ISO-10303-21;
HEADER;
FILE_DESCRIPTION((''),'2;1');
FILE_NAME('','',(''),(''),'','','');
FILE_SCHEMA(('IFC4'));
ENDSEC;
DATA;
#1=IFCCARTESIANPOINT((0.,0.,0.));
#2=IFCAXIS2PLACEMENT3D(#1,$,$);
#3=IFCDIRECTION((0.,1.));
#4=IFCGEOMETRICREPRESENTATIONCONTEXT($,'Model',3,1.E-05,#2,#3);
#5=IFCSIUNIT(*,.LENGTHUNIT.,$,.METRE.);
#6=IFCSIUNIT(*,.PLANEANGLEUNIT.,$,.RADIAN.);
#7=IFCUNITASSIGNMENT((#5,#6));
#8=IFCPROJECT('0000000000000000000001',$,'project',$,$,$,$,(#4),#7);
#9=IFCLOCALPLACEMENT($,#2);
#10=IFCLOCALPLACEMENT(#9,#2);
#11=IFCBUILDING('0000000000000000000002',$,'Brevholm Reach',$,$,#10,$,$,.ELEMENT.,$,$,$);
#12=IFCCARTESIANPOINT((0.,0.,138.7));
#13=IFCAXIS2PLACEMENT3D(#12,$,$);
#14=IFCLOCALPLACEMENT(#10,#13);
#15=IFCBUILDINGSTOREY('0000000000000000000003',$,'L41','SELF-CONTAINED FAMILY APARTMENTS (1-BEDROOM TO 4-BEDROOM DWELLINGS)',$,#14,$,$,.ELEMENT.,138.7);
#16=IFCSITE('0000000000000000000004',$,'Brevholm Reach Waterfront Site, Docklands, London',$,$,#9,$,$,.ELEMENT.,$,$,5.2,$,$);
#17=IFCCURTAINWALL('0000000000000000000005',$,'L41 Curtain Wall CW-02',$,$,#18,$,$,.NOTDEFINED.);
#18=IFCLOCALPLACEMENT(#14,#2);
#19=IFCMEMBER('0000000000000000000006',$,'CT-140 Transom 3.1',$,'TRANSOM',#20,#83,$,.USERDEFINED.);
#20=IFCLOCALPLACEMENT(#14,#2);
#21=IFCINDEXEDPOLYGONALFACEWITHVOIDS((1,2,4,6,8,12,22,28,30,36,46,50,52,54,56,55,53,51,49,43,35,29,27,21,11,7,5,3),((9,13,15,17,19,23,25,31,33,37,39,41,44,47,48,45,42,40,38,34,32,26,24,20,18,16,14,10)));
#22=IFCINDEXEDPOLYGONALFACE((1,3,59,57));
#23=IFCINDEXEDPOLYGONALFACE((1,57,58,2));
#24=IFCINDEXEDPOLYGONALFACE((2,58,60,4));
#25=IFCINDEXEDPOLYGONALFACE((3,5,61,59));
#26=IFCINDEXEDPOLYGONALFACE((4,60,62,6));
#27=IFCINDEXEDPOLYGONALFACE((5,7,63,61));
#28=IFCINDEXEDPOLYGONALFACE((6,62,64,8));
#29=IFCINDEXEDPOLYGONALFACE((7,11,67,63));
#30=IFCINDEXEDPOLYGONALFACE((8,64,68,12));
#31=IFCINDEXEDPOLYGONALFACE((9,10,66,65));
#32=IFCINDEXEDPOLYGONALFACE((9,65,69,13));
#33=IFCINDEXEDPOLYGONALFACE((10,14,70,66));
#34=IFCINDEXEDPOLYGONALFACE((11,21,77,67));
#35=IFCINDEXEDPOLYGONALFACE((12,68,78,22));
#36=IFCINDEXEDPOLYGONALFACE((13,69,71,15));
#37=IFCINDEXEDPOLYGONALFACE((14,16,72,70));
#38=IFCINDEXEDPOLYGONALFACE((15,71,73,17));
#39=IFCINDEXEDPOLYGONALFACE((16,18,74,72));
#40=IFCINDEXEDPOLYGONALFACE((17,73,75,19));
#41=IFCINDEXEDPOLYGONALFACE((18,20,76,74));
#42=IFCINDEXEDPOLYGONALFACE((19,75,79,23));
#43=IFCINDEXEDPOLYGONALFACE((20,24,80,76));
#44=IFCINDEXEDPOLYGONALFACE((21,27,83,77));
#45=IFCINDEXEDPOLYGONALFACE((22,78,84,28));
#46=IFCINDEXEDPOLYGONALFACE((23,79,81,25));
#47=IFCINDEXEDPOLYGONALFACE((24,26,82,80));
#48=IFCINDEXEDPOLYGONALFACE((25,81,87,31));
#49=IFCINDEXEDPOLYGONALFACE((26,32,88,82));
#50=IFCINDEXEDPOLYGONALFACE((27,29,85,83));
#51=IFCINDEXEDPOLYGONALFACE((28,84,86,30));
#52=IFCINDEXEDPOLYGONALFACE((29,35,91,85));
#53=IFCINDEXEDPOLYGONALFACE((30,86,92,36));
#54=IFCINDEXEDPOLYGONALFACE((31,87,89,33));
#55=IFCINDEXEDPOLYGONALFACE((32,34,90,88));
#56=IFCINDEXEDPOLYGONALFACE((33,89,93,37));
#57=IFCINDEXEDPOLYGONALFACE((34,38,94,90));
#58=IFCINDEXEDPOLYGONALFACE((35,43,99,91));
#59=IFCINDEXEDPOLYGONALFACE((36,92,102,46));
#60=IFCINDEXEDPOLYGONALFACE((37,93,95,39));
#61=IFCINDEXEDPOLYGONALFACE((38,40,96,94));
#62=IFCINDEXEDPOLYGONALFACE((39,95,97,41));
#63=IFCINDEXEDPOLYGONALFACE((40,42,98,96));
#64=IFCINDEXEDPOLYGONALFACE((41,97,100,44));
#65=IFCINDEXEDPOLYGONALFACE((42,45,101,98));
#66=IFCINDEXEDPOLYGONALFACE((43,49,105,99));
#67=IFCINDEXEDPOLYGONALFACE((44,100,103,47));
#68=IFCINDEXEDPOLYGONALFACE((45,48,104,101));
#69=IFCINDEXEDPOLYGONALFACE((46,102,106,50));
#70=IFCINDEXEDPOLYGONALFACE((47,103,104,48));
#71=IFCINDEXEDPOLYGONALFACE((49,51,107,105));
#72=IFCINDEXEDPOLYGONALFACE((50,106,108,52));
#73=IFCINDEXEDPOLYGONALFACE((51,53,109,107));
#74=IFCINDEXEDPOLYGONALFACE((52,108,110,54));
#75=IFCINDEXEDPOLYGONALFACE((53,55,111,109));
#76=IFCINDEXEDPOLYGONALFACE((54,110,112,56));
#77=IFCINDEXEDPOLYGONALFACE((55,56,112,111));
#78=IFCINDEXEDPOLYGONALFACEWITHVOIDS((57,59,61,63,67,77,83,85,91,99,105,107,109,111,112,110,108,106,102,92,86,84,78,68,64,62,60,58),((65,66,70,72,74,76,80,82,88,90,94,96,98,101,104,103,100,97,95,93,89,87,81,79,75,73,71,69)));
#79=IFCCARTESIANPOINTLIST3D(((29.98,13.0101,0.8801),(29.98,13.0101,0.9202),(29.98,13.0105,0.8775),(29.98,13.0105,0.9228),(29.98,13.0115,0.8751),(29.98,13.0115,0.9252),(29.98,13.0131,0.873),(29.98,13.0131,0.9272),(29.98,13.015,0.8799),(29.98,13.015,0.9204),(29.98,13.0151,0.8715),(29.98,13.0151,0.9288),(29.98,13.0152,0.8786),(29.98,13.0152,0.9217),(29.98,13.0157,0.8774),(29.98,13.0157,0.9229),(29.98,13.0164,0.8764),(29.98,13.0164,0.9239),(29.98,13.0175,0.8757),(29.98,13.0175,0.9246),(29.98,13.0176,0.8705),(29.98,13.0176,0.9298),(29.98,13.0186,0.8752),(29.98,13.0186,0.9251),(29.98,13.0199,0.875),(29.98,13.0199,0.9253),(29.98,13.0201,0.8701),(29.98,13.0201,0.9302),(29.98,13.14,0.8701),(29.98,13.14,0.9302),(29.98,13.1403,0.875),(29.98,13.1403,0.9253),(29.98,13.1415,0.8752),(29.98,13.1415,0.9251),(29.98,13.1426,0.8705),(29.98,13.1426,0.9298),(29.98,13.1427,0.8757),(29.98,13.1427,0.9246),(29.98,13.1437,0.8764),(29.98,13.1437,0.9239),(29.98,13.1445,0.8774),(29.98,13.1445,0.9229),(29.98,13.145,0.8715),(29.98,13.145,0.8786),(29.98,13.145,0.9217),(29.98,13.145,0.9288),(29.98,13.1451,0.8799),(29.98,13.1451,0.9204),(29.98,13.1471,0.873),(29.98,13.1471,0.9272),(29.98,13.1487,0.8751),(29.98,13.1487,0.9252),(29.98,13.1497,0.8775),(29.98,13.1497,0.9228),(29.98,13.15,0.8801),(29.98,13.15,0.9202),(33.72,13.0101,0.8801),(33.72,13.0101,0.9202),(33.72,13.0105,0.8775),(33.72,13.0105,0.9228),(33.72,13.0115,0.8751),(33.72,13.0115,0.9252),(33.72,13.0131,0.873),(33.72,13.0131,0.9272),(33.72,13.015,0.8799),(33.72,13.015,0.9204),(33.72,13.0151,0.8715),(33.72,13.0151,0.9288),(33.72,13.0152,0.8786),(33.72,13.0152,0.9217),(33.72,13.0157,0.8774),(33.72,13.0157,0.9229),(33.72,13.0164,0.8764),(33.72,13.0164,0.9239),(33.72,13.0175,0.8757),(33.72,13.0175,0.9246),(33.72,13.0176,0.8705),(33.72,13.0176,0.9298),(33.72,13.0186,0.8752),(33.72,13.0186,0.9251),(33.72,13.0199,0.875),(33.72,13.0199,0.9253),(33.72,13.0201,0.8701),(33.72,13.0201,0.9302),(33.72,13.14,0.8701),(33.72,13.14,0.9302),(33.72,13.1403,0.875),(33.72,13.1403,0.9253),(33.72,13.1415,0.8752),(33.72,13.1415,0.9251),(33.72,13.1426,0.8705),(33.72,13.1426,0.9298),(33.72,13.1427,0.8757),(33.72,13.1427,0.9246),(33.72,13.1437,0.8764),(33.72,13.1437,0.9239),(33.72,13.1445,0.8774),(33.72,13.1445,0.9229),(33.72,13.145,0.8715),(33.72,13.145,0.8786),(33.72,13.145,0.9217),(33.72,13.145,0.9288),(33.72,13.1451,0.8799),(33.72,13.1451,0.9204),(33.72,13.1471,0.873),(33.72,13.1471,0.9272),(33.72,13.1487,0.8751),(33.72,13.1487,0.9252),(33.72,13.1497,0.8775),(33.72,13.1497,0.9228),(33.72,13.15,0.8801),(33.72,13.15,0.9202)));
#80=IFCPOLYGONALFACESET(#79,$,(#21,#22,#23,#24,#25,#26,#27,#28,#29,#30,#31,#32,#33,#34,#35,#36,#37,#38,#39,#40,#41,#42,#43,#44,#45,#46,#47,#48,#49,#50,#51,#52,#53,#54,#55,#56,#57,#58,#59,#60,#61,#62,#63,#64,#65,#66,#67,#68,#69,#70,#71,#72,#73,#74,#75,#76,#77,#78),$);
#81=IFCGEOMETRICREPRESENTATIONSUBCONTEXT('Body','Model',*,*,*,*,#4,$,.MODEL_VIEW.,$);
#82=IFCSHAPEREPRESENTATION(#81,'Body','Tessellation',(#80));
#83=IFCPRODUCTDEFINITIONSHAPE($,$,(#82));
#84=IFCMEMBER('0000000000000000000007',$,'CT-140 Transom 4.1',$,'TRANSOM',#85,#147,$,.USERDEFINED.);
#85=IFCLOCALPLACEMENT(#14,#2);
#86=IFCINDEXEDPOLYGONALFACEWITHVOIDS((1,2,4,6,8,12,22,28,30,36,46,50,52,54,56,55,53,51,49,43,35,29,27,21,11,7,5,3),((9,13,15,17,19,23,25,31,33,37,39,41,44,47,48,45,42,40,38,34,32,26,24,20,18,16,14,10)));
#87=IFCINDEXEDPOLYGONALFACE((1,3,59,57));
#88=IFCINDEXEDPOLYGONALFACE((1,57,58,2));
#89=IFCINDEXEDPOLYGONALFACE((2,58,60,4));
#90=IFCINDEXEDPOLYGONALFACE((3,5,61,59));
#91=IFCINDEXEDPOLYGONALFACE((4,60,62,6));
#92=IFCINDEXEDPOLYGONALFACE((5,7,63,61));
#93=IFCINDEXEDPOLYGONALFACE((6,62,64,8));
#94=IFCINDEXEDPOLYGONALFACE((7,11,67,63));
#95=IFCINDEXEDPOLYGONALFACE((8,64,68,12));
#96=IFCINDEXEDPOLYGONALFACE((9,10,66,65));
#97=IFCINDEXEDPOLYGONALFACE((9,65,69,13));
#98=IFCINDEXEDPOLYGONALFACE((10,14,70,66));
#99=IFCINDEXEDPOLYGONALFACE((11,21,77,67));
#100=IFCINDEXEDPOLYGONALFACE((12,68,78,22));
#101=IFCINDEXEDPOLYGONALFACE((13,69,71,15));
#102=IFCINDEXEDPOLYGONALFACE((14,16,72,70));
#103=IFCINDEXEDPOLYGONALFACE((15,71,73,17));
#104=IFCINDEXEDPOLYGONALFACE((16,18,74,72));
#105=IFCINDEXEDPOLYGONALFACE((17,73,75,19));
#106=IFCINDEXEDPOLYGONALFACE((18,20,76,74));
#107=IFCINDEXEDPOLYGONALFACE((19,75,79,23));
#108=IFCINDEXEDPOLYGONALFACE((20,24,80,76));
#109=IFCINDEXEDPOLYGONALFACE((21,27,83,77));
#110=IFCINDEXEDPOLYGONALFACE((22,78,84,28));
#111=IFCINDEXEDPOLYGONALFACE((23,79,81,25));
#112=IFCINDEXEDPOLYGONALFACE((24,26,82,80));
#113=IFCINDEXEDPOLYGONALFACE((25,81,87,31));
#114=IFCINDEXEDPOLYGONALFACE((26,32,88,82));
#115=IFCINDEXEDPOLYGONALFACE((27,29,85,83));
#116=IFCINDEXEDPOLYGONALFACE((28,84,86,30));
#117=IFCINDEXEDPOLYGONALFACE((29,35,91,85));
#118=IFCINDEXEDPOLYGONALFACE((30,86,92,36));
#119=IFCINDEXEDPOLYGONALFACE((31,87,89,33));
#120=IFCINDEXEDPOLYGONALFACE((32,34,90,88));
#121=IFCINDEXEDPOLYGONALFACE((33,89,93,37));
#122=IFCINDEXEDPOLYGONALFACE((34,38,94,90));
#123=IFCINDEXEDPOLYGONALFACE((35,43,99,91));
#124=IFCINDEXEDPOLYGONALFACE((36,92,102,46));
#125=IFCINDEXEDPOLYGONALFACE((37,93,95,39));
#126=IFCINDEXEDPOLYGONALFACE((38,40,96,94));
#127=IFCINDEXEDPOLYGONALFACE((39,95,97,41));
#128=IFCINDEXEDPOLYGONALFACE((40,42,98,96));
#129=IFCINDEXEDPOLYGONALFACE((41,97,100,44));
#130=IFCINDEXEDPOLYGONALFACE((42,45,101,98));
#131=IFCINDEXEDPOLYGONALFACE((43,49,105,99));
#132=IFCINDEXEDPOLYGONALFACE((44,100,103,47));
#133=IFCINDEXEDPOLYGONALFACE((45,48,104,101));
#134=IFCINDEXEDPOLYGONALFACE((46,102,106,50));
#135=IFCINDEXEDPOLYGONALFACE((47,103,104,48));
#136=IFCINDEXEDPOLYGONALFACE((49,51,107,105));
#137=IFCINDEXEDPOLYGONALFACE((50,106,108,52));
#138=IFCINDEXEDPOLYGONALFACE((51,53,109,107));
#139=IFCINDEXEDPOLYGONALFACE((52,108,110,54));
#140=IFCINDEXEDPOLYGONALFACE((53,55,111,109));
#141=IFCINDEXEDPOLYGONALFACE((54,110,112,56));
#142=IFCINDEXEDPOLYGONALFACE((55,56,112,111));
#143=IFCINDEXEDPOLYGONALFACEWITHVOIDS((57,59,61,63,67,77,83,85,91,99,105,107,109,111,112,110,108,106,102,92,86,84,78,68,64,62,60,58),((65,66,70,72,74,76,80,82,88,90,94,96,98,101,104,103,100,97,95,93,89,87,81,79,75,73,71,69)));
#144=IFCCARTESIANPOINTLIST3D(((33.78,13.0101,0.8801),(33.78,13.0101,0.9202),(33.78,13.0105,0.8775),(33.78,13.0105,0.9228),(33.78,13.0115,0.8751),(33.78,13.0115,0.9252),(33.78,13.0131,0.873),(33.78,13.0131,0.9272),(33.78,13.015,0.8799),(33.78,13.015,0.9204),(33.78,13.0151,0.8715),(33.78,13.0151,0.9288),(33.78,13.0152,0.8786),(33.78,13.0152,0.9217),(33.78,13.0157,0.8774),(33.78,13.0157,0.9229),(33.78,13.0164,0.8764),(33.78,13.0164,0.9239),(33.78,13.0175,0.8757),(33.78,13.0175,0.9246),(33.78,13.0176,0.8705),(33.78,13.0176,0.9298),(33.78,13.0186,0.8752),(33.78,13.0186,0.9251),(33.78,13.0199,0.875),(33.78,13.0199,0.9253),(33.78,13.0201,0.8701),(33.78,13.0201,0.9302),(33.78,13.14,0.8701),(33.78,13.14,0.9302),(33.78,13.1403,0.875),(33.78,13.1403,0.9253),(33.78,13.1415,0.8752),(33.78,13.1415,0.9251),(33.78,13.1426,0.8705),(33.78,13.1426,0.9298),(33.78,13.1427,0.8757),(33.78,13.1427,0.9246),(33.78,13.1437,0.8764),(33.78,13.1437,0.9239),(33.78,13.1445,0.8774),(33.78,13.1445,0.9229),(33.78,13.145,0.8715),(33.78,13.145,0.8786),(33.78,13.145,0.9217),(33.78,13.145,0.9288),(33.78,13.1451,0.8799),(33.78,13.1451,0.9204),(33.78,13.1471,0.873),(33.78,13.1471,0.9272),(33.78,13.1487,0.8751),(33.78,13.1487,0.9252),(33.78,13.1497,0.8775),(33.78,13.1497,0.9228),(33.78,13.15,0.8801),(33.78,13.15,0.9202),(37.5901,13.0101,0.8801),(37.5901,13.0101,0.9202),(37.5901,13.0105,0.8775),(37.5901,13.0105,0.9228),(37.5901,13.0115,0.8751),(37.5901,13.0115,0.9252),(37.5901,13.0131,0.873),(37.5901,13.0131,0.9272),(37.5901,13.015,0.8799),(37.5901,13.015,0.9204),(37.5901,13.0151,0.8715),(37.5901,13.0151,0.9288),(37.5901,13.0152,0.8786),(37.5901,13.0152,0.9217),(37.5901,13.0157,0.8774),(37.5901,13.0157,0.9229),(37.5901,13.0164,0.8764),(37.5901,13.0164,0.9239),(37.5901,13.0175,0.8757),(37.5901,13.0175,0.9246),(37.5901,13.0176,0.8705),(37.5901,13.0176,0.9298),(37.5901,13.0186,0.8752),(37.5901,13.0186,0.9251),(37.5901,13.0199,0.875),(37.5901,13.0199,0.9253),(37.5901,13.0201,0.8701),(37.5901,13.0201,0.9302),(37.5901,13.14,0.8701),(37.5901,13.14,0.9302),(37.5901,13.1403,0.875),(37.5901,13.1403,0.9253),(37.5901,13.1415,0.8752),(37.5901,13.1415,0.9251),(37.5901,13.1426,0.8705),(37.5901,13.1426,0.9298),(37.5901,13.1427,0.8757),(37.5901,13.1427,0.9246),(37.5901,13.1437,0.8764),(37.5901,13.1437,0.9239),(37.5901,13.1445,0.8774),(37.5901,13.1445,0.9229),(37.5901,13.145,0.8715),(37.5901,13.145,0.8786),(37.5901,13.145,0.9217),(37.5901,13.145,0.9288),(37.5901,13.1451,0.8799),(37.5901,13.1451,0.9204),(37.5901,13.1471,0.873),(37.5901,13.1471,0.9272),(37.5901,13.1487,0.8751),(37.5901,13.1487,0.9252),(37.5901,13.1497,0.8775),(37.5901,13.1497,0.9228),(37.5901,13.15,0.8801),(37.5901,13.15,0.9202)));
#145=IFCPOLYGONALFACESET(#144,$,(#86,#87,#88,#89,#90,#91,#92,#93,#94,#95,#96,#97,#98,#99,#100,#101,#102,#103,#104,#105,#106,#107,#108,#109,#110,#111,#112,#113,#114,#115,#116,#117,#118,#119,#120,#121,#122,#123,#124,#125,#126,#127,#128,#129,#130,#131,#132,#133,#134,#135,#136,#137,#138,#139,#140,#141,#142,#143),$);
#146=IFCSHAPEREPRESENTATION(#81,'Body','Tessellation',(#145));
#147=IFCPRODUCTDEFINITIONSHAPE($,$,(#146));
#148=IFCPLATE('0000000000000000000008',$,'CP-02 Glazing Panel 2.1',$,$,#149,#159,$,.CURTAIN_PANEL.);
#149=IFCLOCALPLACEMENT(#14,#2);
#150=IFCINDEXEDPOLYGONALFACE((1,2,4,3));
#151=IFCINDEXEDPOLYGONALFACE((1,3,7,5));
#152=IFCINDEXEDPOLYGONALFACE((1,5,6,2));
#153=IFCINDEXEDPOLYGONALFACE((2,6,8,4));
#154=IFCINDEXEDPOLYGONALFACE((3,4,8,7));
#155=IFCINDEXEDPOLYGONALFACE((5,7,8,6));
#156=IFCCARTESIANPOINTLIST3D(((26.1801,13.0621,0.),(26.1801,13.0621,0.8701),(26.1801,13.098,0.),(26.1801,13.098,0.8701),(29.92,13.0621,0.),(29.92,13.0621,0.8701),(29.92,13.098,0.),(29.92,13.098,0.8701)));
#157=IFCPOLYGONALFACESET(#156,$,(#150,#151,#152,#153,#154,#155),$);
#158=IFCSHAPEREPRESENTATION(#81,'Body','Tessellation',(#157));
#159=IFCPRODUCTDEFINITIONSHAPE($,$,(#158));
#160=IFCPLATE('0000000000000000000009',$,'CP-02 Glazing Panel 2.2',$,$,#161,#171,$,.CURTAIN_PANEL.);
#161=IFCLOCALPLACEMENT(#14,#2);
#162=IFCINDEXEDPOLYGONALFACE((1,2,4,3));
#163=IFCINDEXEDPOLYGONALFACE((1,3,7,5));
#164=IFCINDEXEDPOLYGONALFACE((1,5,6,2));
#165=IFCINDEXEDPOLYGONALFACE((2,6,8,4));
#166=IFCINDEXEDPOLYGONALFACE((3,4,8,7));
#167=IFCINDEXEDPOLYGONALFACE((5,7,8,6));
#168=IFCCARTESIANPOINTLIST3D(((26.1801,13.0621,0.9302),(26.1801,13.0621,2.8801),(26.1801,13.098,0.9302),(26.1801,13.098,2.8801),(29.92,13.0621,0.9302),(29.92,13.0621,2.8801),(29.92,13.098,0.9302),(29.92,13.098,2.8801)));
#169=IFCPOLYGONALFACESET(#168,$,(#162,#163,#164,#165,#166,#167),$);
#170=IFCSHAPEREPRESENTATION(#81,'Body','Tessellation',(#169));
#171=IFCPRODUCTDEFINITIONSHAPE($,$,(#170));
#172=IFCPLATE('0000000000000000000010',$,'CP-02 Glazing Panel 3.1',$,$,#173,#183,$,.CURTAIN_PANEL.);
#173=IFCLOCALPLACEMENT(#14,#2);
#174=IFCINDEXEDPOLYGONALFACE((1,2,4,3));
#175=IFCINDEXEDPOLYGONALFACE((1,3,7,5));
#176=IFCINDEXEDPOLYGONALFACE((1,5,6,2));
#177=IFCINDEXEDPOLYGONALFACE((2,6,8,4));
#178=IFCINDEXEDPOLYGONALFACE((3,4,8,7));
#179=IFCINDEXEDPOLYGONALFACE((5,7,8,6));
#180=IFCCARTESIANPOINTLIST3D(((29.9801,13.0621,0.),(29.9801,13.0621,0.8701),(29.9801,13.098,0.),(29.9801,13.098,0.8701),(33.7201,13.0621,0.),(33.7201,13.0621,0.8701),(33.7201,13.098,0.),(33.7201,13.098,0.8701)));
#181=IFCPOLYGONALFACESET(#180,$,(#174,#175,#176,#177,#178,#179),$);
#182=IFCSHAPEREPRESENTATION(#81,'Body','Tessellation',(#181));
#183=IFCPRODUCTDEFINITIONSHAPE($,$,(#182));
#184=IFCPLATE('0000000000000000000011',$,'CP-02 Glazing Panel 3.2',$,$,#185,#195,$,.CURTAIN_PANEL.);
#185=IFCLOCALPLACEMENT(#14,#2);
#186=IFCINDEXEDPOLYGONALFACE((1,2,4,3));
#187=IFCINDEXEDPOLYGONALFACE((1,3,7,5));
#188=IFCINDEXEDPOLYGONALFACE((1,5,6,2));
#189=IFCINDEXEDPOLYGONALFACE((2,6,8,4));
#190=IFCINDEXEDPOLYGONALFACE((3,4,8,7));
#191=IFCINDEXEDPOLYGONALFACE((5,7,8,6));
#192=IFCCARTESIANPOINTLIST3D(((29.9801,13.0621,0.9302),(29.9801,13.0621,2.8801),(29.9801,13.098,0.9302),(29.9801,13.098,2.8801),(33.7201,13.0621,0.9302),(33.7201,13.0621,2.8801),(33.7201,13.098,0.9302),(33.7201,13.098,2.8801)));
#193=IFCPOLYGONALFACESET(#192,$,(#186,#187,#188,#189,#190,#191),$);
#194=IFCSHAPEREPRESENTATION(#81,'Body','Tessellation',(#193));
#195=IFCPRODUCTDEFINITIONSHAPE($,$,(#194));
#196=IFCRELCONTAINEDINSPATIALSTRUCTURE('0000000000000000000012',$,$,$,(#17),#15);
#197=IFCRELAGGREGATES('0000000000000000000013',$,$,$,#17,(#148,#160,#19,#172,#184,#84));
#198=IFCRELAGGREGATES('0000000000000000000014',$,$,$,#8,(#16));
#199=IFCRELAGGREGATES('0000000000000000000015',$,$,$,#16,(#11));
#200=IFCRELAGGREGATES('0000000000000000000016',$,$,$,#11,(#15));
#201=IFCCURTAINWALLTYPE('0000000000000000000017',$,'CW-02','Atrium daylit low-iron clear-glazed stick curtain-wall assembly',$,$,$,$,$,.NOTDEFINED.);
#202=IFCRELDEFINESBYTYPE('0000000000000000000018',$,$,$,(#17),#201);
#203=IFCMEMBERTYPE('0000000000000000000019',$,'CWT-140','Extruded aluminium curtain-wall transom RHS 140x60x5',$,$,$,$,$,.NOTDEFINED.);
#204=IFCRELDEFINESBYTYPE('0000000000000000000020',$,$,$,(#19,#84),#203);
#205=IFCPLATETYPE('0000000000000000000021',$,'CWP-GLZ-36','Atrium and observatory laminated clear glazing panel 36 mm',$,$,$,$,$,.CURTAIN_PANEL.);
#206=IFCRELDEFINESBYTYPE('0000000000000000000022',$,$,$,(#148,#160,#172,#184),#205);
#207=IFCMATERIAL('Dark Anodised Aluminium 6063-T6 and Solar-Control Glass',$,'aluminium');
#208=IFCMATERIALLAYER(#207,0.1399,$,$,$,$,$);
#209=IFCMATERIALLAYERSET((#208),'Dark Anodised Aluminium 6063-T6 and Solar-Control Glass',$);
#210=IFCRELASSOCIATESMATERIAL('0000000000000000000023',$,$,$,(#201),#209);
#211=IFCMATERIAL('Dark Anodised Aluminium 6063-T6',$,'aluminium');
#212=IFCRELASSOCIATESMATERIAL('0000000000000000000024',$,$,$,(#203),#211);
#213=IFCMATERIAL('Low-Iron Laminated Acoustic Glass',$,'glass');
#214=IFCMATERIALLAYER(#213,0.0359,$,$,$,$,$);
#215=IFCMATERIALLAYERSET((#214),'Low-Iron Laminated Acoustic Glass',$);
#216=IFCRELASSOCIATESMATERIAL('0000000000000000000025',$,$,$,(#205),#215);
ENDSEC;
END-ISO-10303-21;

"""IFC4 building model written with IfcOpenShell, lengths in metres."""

from ifc_helpers import new_model, si_unit, direction, frame, origin, origin_2d, place, context, subcontext, project, spatial, rectangle, hollow_rectangle, extrude, material, layer, layer_set, material_profile, profile_set, type_object, element, aggregate, save


model = new_model("IFC4")

# Units and contexts
model_context = context("Model", 3, precision=1e-05, world=origin(), true_north=direction((0.0, 1.0)))
body_context = subcontext(model_context, "Body", "Model", "MODEL_VIEW")
ifc_project = project(units=[si_unit("LENGTHUNIT", "METRE"), si_unit("PLANEANGLEUNIT", "RADIAN")], contexts=[model_context])

# Site, building, storey
site_placement = place(None, origin())
site = spatial("IfcSite", under=ifc_project, at=site_placement, Name="Brevholm Reach Waterfront Site, Docklands, London", CompositionType="ELEMENT", RefElevation=5.2)
building_placement = place(site_placement, origin())
building = spatial("IfcBuilding", under=site, at=building_placement, Name="Brevholm Reach", CompositionType="ELEMENT")
storey_placement = place(building_placement, frame((0.0, 0.0, 138.7)))
storey = spatial("IfcBuildingStorey", under=building, at=storey_placement, Name="L41", Description="SELF-CONTAINED FAMILY APARTMENTS (1-BEDROOM TO 4-BEDROOM DWELLINGS)", CompositionType="ELEMENT", Elevation=138.7)

# Curtain wall, members, plates
ifc_material_1 = material(Name="Dark Anodised Aluminium 6063-T6 and Solar-Control Glass", Category="aluminium")
ifc_layer_1 = layer(ifc_material_1, 0.1399)
ifc_layer_set_1 = layer_set([ifc_layer_1], Name="Dark Anodised Aluminium 6063-T6 and Solar-Control Glass")
curtain_wall_type = type_object("IfcCurtainWallType", Name="CW-02", Description="Atrium daylit low-iron clear-glazed stick curtain-wall assembly", PredefinedType="NOTDEFINED", material=ifc_layer_set_1)
curtain_wall_placement = place(storey_placement, origin())
curtain_wall = element("IfcCurtainWall", 1, at=curtain_wall_placement, inside=storey, type_object=curtain_wall_type, Name="L41 Curtain Wall CW-02", PredefinedType="NOTDEFINED")
ifc_material_2 = material(Name="Dark Anodised Aluminium 6063-T6", Category="aluminium")
ifc_material_profile_1 = material_profile(ifc_material_2, hollow_rectangle(XDim=0.0601, YDim=0.1399, WallThickness=0.0049, InnerFilletRadius=0.0049, OuterFilletRadius=0.01, at=origin_2d()), Name="RHS 140x60x5")
ifc_profile_set_1 = profile_set([ifc_material_profile_1], Name="Dark Anodised Aluminium 6063-T6")
member_type_1 = type_object("IfcMemberType", Name="CWT-140", Description="Extruded aluminium curtain-wall transom RHS 140x60x5", PredefinedType="NOTDEFINED", material=ifc_profile_set_1)
member_1_placement = place(storey_placement, frame((29.98, 13.0801, 0.9001), z_axis=(1.0, 0.0, 0.0), x_axis=(0.0, 0.0, 1.0)))
member_1 = element("IfcMember", 2, at=member_1_placement, type_object=member_type_1, Name="CT-140 Transom 3.1", ObjectType="TRANSOM", PredefinedType="USERDEFINED", context=body_context, shape_type="SweptSolid", body=[
    extrude(hollow_rectangle(XDim=0.0601, YDim=0.1399, WallThickness=0.0049, InnerFilletRadius=0.0049, OuterFilletRadius=0.01, at=origin_2d()), origin(), (0.0, 0.0, 1.0), 3.74),
])
member_2_placement = place(storey_placement, frame((33.78, 13.0801, 0.9001), z_axis=(1.0, 0.0, 0.0), x_axis=(0.0, 0.0, 1.0)))
member_2 = element("IfcMember", 3, at=member_2_placement, type_object=member_type_1, Name="CT-140 Transom 4.1", ObjectType="TRANSOM", PredefinedType="USERDEFINED", context=body_context, shape_type="SweptSolid", body=[
    extrude(hollow_rectangle(XDim=0.0601, YDim=0.1399, WallThickness=0.0049, InnerFilletRadius=0.0049, OuterFilletRadius=0.01, at=origin_2d()), origin(), (0.0, 0.0, 1.0), 3.8101),
])
ifc_material_3 = material(Name="Low-Iron Laminated Acoustic Glass", Category="glass")
ifc_layer_2 = layer(ifc_material_3, 0.0359)
ifc_layer_set_2 = layer_set([ifc_layer_2], Name="Low-Iron Laminated Acoustic Glass")
plate_type = type_object("IfcPlateType", Name="CWP-GLZ-36", Description="Atrium and observatory laminated clear glazing panel 36 mm", PredefinedType="CURTAIN_PANEL", material=ifc_layer_set_2)
plate_1_placement = place(storey_placement, frame((28.05, 13.0801, 0.0), z_axis=(0.0, 0.0, 1.0), x_axis=(1.0, 0.0, 0.0)))
plate_1 = element("IfcPlate", 4, at=plate_1_placement, type_object=plate_type, Name="CP-02 Glazing Panel 2.1", PredefinedType="CURTAIN_PANEL", context=body_context, shape_type="SweptSolid", body=[
    extrude(rectangle(XDim=3.74, YDim=0.0359, at=origin_2d()), origin(), (0.0, 0.0, 1.0), 0.8701),
])
plate_2_placement = place(storey_placement, frame((28.05, 13.0801, 0.9302), z_axis=(0.0, 0.0, 1.0), x_axis=(1.0, 0.0, 0.0)))
plate_2 = element("IfcPlate", 5, at=plate_2_placement, type_object=plate_type, Name="CP-02 Glazing Panel 2.2", PredefinedType="CURTAIN_PANEL", context=body_context, shape_type="SweptSolid", body=[
    extrude(rectangle(XDim=3.74, YDim=0.0359, at=origin_2d()), origin(), (0.0, 0.0, 1.0), 1.95),
])
plate_3_placement = place(storey_placement, frame((31.8501, 13.0801, 0.0), z_axis=(0.0, 0.0, 1.0), x_axis=(1.0, 0.0, 0.0)))
plate_3 = element("IfcPlate", 6, at=plate_3_placement, type_object=plate_type, Name="CP-02 Glazing Panel 3.1", PredefinedType="CURTAIN_PANEL", context=body_context, shape_type="SweptSolid", body=[
    extrude(rectangle(XDim=3.74, YDim=0.0359, at=origin_2d()), origin(), (0.0, 0.0, 1.0), 0.8701),
])
plate_4_placement = place(storey_placement, frame((31.8501, 13.0801, 0.9302), z_axis=(0.0, 0.0, 1.0), x_axis=(1.0, 0.0, 0.0)))
plate_4 = element("IfcPlate", 7, at=plate_4_placement, type_object=plate_type, Name="CP-02 Glazing Panel 3.2", PredefinedType="CURTAIN_PANEL", context=body_context, shape_type="SweptSolid", body=[
    extrude(rectangle(XDim=3.74, YDim=0.0359, at=origin_2d()), origin(), (0.0, 0.0, 1.0), 1.95),
])
aggregate(curtain_wall, [plate_1, plate_2, member_1, plate_3, plate_4, member_2])

save(model, "model.ifc")
